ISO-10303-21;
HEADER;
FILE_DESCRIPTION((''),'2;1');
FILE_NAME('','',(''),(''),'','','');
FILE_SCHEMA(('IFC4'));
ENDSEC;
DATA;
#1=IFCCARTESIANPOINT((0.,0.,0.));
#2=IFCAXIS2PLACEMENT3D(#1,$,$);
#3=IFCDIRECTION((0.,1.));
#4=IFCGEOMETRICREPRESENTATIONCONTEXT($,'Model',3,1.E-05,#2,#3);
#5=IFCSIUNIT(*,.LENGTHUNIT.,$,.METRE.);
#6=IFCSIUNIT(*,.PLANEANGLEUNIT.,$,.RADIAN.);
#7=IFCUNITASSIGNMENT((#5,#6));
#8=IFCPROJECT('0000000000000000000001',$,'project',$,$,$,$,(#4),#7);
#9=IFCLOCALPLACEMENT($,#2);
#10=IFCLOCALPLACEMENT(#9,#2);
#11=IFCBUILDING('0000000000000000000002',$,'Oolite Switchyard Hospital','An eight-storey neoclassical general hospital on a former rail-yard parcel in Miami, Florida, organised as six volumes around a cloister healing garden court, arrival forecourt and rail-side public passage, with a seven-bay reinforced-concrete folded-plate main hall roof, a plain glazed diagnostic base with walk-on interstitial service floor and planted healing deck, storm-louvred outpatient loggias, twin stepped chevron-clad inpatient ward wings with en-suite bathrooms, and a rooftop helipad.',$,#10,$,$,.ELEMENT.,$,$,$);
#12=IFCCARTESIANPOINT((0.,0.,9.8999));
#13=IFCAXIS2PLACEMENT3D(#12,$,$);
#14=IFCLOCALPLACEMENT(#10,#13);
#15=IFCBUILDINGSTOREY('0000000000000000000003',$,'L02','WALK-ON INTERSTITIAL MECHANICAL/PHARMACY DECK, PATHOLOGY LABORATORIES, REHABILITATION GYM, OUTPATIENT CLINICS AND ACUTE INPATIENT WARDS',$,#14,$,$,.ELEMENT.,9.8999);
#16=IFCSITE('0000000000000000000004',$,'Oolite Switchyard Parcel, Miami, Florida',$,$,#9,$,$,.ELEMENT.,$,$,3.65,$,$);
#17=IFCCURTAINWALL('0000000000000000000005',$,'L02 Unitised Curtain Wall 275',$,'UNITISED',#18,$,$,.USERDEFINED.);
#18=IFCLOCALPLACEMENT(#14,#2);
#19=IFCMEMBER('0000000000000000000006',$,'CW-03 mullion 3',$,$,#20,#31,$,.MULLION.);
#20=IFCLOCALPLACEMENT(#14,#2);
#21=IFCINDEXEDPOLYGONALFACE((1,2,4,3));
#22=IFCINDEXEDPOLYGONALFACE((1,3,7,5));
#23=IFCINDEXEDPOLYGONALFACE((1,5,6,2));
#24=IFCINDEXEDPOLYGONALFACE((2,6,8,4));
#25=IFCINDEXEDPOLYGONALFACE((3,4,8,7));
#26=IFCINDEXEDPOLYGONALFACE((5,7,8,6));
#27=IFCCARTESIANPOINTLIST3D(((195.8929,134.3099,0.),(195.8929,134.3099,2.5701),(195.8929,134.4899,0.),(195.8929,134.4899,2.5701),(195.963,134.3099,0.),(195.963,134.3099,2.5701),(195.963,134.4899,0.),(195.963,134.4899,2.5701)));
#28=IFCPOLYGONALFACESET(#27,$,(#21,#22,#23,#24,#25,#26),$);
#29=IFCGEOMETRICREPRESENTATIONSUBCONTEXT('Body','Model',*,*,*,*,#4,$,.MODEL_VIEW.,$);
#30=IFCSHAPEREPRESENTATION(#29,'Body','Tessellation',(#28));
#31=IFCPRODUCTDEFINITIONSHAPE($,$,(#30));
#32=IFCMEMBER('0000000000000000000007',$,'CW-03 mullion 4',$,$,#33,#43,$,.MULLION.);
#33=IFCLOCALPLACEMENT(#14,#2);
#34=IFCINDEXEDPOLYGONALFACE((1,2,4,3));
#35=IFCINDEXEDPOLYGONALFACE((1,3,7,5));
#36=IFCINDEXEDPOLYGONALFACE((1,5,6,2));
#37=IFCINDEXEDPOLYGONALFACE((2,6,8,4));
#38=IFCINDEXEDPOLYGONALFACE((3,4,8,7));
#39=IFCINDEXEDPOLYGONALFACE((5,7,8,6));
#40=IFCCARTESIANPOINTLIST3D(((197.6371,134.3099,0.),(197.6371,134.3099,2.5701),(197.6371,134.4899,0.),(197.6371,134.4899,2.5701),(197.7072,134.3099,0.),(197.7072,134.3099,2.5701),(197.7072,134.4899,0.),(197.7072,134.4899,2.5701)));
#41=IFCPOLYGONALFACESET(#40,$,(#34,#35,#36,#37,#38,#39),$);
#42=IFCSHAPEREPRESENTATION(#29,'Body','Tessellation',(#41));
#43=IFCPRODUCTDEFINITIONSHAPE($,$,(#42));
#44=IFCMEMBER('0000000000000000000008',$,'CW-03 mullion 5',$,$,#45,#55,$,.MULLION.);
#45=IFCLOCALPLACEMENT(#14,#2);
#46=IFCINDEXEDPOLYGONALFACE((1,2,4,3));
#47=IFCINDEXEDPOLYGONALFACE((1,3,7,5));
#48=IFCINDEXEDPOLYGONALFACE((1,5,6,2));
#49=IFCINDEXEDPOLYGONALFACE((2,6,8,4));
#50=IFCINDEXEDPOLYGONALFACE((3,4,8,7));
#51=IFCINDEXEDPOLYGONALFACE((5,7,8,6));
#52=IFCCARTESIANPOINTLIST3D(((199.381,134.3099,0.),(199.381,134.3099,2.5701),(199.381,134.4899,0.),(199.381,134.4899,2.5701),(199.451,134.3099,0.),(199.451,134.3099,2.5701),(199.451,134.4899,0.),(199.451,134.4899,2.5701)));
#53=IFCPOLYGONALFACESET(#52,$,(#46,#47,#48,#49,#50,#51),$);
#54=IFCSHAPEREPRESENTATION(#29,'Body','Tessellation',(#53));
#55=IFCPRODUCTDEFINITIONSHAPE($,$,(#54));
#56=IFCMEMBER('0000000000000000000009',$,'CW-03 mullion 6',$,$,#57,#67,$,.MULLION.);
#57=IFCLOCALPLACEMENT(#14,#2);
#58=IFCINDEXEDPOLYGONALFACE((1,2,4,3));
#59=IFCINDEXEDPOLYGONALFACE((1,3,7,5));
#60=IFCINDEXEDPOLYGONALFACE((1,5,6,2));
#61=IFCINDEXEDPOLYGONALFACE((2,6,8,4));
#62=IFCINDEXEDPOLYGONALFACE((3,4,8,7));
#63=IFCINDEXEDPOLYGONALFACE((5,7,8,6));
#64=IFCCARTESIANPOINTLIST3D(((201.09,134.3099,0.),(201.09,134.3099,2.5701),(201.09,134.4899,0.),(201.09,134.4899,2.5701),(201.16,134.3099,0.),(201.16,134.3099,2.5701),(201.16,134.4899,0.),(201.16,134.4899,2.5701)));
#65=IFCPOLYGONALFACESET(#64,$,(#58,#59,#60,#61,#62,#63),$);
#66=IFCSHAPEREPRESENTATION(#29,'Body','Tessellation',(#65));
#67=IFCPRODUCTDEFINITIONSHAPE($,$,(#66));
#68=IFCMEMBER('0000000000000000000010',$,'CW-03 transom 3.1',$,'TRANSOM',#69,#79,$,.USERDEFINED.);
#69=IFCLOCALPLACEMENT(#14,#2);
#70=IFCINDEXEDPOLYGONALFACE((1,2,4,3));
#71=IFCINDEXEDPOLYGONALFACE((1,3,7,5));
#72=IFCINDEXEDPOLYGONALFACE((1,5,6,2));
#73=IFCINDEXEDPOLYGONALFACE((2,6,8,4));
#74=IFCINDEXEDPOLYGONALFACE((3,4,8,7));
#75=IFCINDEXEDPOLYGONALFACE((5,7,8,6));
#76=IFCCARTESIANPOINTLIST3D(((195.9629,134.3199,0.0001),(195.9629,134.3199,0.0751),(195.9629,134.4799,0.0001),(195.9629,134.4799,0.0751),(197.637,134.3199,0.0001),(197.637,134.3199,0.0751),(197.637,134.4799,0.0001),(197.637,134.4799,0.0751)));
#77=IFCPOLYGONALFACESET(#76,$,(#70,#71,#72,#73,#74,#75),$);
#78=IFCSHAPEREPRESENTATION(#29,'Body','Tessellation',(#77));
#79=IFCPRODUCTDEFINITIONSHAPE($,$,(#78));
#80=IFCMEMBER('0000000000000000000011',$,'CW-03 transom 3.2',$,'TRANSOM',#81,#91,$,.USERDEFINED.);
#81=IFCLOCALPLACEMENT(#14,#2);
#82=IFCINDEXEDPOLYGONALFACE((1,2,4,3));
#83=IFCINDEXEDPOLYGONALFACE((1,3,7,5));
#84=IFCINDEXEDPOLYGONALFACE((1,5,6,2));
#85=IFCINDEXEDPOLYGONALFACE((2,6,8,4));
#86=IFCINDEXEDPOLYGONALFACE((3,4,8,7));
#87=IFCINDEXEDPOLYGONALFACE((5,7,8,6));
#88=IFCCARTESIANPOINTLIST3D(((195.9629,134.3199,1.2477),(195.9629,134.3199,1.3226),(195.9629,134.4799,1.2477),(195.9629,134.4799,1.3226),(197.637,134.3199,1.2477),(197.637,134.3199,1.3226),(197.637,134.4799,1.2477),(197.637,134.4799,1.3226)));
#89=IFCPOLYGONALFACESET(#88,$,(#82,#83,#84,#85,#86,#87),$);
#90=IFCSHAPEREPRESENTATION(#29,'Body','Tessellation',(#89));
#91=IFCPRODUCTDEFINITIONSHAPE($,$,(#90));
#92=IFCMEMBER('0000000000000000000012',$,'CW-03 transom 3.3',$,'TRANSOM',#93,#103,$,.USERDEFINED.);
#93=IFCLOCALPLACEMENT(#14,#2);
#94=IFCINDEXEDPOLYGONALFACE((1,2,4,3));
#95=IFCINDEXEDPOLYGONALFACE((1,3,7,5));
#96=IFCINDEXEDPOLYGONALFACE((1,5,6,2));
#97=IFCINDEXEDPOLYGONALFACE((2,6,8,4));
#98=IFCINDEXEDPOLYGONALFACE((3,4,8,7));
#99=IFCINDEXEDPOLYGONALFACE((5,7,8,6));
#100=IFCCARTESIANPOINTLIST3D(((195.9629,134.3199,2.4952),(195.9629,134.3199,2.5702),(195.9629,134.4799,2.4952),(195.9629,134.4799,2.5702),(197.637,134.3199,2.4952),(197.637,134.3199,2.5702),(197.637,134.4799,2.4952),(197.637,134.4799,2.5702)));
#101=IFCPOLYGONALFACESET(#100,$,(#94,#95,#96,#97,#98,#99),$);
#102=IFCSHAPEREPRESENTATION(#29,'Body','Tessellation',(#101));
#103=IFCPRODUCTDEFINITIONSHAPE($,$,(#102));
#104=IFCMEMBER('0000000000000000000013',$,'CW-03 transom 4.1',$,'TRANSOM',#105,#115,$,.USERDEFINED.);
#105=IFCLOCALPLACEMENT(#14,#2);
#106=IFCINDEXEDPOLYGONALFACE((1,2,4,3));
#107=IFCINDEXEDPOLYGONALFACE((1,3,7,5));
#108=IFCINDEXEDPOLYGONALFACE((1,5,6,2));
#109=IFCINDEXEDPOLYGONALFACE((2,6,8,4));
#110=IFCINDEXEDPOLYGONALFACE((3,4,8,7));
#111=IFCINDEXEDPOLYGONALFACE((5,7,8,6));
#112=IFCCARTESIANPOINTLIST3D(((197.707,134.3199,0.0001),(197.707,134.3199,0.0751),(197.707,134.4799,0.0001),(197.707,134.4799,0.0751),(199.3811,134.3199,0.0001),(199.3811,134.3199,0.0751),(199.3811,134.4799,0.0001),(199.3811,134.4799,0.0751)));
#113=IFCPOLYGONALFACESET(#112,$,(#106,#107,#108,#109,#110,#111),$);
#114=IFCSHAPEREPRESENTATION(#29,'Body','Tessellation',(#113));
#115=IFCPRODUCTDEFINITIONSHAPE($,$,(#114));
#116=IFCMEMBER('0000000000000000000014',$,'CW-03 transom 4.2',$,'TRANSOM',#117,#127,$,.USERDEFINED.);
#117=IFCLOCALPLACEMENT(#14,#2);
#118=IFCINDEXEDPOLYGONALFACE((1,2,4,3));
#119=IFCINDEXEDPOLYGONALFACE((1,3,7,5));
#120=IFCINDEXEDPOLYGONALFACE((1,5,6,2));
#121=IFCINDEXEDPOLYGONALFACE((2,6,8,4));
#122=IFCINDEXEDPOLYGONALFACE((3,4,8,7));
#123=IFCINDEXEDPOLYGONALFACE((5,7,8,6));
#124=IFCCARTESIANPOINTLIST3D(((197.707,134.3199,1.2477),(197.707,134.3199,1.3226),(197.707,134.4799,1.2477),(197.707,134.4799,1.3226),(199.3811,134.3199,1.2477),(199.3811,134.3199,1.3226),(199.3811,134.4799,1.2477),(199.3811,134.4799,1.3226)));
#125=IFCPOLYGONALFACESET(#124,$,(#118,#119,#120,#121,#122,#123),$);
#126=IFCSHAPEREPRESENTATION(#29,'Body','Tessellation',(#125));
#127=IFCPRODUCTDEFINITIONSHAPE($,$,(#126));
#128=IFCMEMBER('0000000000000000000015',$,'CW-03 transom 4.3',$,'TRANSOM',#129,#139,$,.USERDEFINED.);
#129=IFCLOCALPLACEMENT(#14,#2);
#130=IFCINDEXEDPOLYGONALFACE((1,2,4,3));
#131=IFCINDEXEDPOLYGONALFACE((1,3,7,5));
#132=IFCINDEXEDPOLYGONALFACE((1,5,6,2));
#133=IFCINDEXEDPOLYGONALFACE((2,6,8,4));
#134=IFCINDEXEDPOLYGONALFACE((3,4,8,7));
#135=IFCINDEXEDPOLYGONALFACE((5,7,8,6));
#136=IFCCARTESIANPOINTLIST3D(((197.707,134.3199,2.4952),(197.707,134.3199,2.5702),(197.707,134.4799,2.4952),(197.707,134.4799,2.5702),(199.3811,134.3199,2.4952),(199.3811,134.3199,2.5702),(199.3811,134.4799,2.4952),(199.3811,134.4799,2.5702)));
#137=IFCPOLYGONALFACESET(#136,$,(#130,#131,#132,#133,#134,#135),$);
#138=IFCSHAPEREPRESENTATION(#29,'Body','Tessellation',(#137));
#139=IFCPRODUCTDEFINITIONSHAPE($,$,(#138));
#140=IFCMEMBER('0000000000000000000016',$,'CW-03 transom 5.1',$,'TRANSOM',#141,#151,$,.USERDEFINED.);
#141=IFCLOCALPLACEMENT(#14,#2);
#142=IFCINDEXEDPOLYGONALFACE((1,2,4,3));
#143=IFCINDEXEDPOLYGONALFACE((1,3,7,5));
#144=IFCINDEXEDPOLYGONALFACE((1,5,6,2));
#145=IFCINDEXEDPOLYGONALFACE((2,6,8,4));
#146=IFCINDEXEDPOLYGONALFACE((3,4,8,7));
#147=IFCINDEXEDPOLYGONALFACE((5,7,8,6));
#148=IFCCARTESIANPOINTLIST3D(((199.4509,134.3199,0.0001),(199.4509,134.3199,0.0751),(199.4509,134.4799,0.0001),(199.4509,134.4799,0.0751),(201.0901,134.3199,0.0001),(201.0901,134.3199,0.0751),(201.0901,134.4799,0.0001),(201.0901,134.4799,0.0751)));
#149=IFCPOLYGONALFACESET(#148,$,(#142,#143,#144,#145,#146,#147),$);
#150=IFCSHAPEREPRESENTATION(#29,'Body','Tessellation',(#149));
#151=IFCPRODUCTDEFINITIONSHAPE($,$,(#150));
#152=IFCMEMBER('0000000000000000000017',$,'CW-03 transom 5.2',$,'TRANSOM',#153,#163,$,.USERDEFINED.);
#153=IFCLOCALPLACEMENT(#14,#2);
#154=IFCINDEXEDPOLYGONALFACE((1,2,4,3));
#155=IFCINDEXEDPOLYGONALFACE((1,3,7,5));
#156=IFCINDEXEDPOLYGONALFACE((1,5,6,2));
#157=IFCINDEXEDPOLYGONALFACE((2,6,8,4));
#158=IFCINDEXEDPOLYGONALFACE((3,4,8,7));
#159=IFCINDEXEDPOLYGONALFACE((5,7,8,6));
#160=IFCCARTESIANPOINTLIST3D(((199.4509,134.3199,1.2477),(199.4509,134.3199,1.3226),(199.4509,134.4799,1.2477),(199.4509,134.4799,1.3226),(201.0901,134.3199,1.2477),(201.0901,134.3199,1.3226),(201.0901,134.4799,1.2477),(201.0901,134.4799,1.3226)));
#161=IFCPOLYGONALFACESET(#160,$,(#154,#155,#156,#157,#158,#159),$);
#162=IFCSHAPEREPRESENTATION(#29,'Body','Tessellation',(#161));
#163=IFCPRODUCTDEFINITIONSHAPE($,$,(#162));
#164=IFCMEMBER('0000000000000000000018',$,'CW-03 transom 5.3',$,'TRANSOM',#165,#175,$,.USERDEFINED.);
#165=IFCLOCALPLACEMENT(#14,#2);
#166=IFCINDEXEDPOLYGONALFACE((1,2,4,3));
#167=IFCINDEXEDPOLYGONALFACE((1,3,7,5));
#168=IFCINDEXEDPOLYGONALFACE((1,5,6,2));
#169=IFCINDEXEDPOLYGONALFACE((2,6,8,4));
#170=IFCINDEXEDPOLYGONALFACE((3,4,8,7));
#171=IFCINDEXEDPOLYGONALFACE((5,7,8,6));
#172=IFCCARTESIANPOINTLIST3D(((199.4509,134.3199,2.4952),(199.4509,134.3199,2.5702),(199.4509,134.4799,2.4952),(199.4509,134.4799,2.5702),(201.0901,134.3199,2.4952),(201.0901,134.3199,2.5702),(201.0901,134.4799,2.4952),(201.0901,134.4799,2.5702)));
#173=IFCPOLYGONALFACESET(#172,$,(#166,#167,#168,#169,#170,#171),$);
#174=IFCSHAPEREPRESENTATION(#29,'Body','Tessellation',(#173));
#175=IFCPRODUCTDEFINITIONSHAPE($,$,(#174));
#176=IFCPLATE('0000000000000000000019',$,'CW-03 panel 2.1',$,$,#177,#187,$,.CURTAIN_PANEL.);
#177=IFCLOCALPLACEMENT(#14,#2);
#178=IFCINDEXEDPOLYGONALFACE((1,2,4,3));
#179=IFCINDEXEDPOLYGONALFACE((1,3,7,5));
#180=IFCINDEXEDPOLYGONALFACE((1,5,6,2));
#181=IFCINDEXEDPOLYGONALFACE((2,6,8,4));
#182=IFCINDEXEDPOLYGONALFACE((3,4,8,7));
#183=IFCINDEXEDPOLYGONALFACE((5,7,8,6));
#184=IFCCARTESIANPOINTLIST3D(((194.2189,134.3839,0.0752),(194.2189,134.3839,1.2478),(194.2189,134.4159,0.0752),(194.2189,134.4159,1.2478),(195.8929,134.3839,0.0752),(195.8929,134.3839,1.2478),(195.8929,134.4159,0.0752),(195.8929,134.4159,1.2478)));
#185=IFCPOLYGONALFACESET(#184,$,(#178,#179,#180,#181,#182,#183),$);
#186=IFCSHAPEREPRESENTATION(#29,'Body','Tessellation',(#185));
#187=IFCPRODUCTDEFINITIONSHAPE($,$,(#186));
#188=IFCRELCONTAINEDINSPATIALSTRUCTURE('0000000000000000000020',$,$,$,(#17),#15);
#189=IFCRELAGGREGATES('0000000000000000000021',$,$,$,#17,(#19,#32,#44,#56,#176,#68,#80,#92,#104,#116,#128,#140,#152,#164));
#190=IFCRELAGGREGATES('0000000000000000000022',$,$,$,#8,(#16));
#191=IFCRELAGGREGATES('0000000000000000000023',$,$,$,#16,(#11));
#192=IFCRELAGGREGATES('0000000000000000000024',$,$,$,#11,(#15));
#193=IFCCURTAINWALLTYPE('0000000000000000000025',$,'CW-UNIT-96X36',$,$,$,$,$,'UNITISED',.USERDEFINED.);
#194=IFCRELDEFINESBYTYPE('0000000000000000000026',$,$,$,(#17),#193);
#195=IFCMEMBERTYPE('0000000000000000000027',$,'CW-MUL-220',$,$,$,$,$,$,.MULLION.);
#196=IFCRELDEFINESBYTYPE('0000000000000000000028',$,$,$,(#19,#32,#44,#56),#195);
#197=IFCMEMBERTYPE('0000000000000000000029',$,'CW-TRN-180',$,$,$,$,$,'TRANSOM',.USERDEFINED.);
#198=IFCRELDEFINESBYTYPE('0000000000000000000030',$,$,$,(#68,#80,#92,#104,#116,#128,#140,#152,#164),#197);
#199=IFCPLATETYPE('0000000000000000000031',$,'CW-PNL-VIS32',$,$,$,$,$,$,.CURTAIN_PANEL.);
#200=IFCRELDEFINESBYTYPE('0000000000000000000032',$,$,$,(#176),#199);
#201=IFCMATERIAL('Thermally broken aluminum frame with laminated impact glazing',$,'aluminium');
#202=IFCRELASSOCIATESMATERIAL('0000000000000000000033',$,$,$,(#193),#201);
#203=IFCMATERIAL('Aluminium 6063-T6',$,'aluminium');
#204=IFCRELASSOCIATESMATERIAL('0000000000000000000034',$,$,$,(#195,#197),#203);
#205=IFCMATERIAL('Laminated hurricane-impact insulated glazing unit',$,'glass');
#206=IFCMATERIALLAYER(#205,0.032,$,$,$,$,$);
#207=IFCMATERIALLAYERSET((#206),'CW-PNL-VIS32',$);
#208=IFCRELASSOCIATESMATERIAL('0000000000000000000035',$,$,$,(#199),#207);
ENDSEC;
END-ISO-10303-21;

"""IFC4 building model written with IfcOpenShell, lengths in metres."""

from ifc_helpers import new_model, si_unit, direction, frame, origin, origin_2d, place, context, subcontext, project, spatial, rectangle, extrude, material, layer, layer_set, material_profile, profile_set, type_object, element, aggregate, save


model = new_model("IFC4")

# Units and contexts
model_context = context("Model", 3, precision=1e-05, world=origin(), true_north=direction((0.0, 1.0)))
body_context = subcontext(model_context, "Body", "Model", "MODEL_VIEW")
ifc_project = project(units=[si_unit("LENGTHUNIT", "METRE"), si_unit("PLANEANGLEUNIT", "RADIAN")], contexts=[model_context])

# Site, building, storey
site_placement = place(None, origin())
site = spatial("IfcSite", under=ifc_project, at=site_placement, Name="Oolite Switchyard Parcel, Miami, Florida", CompositionType="ELEMENT", RefElevation=3.65)
building_placement = place(site_placement, origin())
building = spatial("IfcBuilding", under=site, at=building_placement, Name="Oolite Switchyard Hospital", Description="An eight-storey neoclassical general hospital on a former rail-yard parcel in Miami, Florida, organised as six volumes around a cloister healing garden court, arrival forecourt and rail-side public passage, with a seven-bay reinforced-concrete folded-plate main hall roof, a plain glazed diagnostic base with walk-on interstitial service floor and planted healing deck, storm-louvred outpatient loggias, twin stepped chevron-clad inpatient ward wings with en-suite bathrooms, and a rooftop helipad.", CompositionType="ELEMENT")
storey_placement = place(building_placement, frame((0.0, 0.0, 9.8999)))
storey = spatial("IfcBuildingStorey", under=building, at=storey_placement, Name="L02", Description="WALK-ON INTERSTITIAL MECHANICAL/PHARMACY DECK, PATHOLOGY LABORATORIES, REHABILITATION GYM, OUTPATIENT CLINICS AND ACUTE INPATIENT WARDS", CompositionType="ELEMENT", Elevation=9.8999)

# Curtain wall, members, plate
ifc_material_1 = material(Name="Thermally broken aluminum frame with laminated impact glazing", Category="aluminium")
curtain_wall_type = type_object("IfcCurtainWallType", Name="CW-UNIT-96X36", ElementType="UNITISED", PredefinedType="USERDEFINED", material=ifc_material_1)
curtain_wall_placement = place(storey_placement, origin())
curtain_wall = element("IfcCurtainWall", 1, at=curtain_wall_placement, inside=storey, type_object=curtain_wall_type, Name="L02 Unitised Curtain Wall 275", ObjectType="UNITISED", PredefinedType="USERDEFINED")
ifc_material_2 = material(Name="Aluminium 6063-T6", Category="aluminium")
ifc_material_profile_1 = material_profile(ifc_material_2, rectangle(XDim=0.1799, YDim=0.0701, at=origin_2d()), Name="CWM70X180")
ifc_profile_set_1 = profile_set([ifc_material_profile_1], Name="Aluminium 6063-T6")
member_type_1 = type_object("IfcMemberType", Name="CW-MUL-220", PredefinedType="MULLION", material=ifc_profile_set_1)
member_1_placement = place(storey_placement, frame((195.928, 134.3999, 0.0), z_axis=(0.0, 0.0, 1.0), x_axis=(0.0, 1.0, 0.0)))
member_1 = element("IfcMember", 2, at=member_1_placement, type_object=member_type_1, Name="CW-03 mullion 3", PredefinedType="MULLION", context=body_context, shape_type="SweptSolid", body=[
    extrude(rectangle(XDim=0.1799, YDim=0.0701, at=origin_2d()), origin(), (0.0, 0.0, 1.0), 2.5701),
])
member_2_placement = place(storey_placement, frame((197.6721, 134.3999, 0.0), z_axis=(0.0, 0.0, 1.0), x_axis=(0.0, 1.0, 0.0)))
member_2 = element("IfcMember", 3, at=member_2_placement, type_object=member_type_1, Name="CW-03 mullion 4", PredefinedType="MULLION", context=body_context, shape_type="SweptSolid", body=[
    extrude(rectangle(XDim=0.1799, YDim=0.0701, at=origin_2d()), origin(), (0.0, 0.0, 1.0), 2.5701),
])
member_3_placement = place(storey_placement, frame((199.416, 134.3999, 0.0), z_axis=(0.0, 0.0, 1.0), x_axis=(0.0, 1.0, 0.0)))
member_3 = element("IfcMember", 4, at=member_3_placement, type_object=member_type_1, Name="CW-03 mullion 5", PredefinedType="MULLION", context=body_context, shape_type="SweptSolid", body=[
    extrude(rectangle(XDim=0.1799, YDim=0.0701, at=origin_2d()), origin(), (0.0, 0.0, 1.0), 2.5701),
])
member_4_placement = place(storey_placement, frame((201.125, 134.3999, 0.0), z_axis=(0.0, 0.0, 1.0), x_axis=(0.0, 1.0, 0.0)))
member_4 = element("IfcMember", 5, at=member_4_placement, type_object=member_type_1, Name="CW-03 mullion 6", PredefinedType="MULLION", context=body_context, shape_type="SweptSolid", body=[
    extrude(rectangle(XDim=0.1799, YDim=0.0701, at=origin_2d()), origin(), (0.0, 0.0, 1.0), 2.5701),
])
ifc_material_profile_2 = material_profile(ifc_material_2, rectangle(XDim=0.1599, YDim=0.075, at=origin_2d()), Name="CWT75X160")
ifc_profile_set_2 = profile_set([ifc_material_profile_2], Name="Aluminium 6063-T6")
member_type_2 = type_object("IfcMemberType", Name="CW-TRN-180", ElementType="TRANSOM", PredefinedType="USERDEFINED", material=ifc_profile_set_2)
member_5_placement = place(storey_placement, frame((195.9629, 134.3999, 0.0376), z_axis=(1.0, 0.0, 0.0), x_axis=(0.0, 1.0, 0.0)))
member_5 = element("IfcMember", 6, at=member_5_placement, type_object=member_type_2, Name="CW-03 transom 3.1", ObjectType="TRANSOM", PredefinedType="USERDEFINED", context=body_context, shape_type="SweptSolid", body=[
    extrude(rectangle(XDim=0.1599, YDim=0.075, at=origin_2d()), origin(), (0.0, 0.0, 1.0), 1.6741),
])
member_6_placement = place(storey_placement, frame((195.9629, 134.3999, 1.2852), z_axis=(1.0, 0.0, 0.0), x_axis=(0.0, 1.0, 0.0)))
member_6 = element("IfcMember", 7, at=member_6_placement, type_object=member_type_2, Name="CW-03 transom 3.2", ObjectType="TRANSOM", PredefinedType="USERDEFINED", context=body_context, shape_type="SweptSolid", body=[
    extrude(rectangle(XDim=0.1599, YDim=0.075, at=origin_2d()), origin(), (0.0, 0.0, 1.0), 1.6741),
])
member_7_placement = place(storey_placement, frame((195.9629, 134.3999, 2.5327), z_axis=(1.0, 0.0, 0.0), x_axis=(0.0, 1.0, 0.0)))
member_7 = element("IfcMember", 8, at=member_7_placement, type_object=member_type_2, Name="CW-03 transom 3.3", ObjectType="TRANSOM", PredefinedType="USERDEFINED", context=body_context, shape_type="SweptSolid", body=[
    extrude(rectangle(XDim=0.1599, YDim=0.075, at=origin_2d()), origin(), (0.0, 0.0, 1.0), 1.6741),
])
member_8_placement = place(storey_placement, frame((197.707, 134.3999, 0.0376), z_axis=(1.0, 0.0, 0.0), x_axis=(0.0, 1.0, 0.0)))
member_8 = element("IfcMember", 9, at=member_8_placement, type_object=member_type_2, Name="CW-03 transom 4.1", ObjectType="TRANSOM", PredefinedType="USERDEFINED", context=body_context, shape_type="SweptSolid", body=[
    extrude(rectangle(XDim=0.1599, YDim=0.075, at=origin_2d()), origin(), (0.0, 0.0, 1.0), 1.6741),
])
member_9_placement = place(storey_placement, frame((197.707, 134.3999, 1.2852), z_axis=(1.0, 0.0, 0.0), x_axis=(0.0, 1.0, 0.0)))
member_9 = element("IfcMember", 10, at=member_9_placement, type_object=member_type_2, Name="CW-03 transom 4.2", ObjectType="TRANSOM", PredefinedType="USERDEFINED", context=body_context, shape_type="SweptSolid", body=[
    extrude(rectangle(XDim=0.1599, YDim=0.075, at=origin_2d()), origin(), (0.0, 0.0, 1.0), 1.6741),
])
member_10_placement = place(storey_placement, frame((197.707, 134.3999, 2.5327), z_axis=(1.0, 0.0, 0.0), x_axis=(0.0, 1.0, 0.0)))
member_10 = element("IfcMember", 11, at=member_10_placement, type_object=member_type_2, Name="CW-03 transom 4.3", ObjectType="TRANSOM", PredefinedType="USERDEFINED", context=body_context, shape_type="SweptSolid", body=[
    extrude(rectangle(XDim=0.1599, YDim=0.075, at=origin_2d()), origin(), (0.0, 0.0, 1.0), 1.6741),
])
member_11_placement = place(storey_placement, frame((199.4509, 134.3999, 0.0376), z_axis=(1.0, 0.0, 0.0), x_axis=(0.0, 1.0, 0.0)))
member_11 = element("IfcMember", 12, at=member_11_placement, type_object=member_type_2, Name="CW-03 transom 5.1", ObjectType="TRANSOM", PredefinedType="USERDEFINED", context=body_context, shape_type="SweptSolid", body=[
    extrude(rectangle(XDim=0.1599, YDim=0.075, at=origin_2d()), origin(), (0.0, 0.0, 1.0), 1.6392),
])
member_12_placement = place(storey_placement, frame((199.4509, 134.3999, 1.2852), z_axis=(1.0, 0.0, 0.0), x_axis=(0.0, 1.0, 0.0)))
member_12 = element("IfcMember", 13, at=member_12_placement, type_object=member_type_2, Name="CW-03 transom 5.2", ObjectType="TRANSOM", PredefinedType="USERDEFINED", context=body_context, shape_type="SweptSolid", body=[
    extrude(rectangle(XDim=0.1599, YDim=0.075, at=origin_2d()), origin(), (0.0, 0.0, 1.0), 1.6392),
])
member_13_placement = place(storey_placement, frame((199.4509, 134.3999, 2.5327), z_axis=(1.0, 0.0, 0.0), x_axis=(0.0, 1.0, 0.0)))
member_13 = element("IfcMember", 14, at=member_13_placement, type_object=member_type_2, Name="CW-03 transom 5.3", ObjectType="TRANSOM", PredefinedType="USERDEFINED", context=body_context, shape_type="SweptSolid", body=[
    extrude(rectangle(XDim=0.1599, YDim=0.075, at=origin_2d()), origin(), (0.0, 0.0, 1.0), 1.6392),
])
ifc_material_3 = material(Name="Laminated hurricane-impact insulated glazing unit", Category="glass")
ifc_layer = layer(ifc_material_3, 0.032)
ifc_layer_set = layer_set([ifc_layer], Name="CW-PNL-VIS32")
plate_type = type_object("IfcPlateType", Name="CW-PNL-VIS32", PredefinedType="CURTAIN_PANEL", material=ifc_layer_set)
plate_1_placement = place(storey_placement, frame((195.0559, 134.3999, 0.0752), z_axis=(0.0, 0.0, 1.0), x_axis=(1.0, 0.0, 0.0)))
plate_1 = element("IfcPlate", 15, at=plate_1_placement, type_object=plate_type, Name="CW-03 panel 2.1", PredefinedType="CURTAIN_PANEL", context=body_context, shape_type="SweptSolid", body=[
    extrude(rectangle(XDim=1.6741, YDim=0.032, at=origin_2d()), origin(), (0.0, 0.0, 1.0), 1.1726),
])
aggregate(curtain_wall, [member_1, member_2, member_3, member_4, plate_1, member_5, member_6, member_7, member_8, member_9, member_10, member_11, member_12, member_13])

save(model, "model.ifc")
